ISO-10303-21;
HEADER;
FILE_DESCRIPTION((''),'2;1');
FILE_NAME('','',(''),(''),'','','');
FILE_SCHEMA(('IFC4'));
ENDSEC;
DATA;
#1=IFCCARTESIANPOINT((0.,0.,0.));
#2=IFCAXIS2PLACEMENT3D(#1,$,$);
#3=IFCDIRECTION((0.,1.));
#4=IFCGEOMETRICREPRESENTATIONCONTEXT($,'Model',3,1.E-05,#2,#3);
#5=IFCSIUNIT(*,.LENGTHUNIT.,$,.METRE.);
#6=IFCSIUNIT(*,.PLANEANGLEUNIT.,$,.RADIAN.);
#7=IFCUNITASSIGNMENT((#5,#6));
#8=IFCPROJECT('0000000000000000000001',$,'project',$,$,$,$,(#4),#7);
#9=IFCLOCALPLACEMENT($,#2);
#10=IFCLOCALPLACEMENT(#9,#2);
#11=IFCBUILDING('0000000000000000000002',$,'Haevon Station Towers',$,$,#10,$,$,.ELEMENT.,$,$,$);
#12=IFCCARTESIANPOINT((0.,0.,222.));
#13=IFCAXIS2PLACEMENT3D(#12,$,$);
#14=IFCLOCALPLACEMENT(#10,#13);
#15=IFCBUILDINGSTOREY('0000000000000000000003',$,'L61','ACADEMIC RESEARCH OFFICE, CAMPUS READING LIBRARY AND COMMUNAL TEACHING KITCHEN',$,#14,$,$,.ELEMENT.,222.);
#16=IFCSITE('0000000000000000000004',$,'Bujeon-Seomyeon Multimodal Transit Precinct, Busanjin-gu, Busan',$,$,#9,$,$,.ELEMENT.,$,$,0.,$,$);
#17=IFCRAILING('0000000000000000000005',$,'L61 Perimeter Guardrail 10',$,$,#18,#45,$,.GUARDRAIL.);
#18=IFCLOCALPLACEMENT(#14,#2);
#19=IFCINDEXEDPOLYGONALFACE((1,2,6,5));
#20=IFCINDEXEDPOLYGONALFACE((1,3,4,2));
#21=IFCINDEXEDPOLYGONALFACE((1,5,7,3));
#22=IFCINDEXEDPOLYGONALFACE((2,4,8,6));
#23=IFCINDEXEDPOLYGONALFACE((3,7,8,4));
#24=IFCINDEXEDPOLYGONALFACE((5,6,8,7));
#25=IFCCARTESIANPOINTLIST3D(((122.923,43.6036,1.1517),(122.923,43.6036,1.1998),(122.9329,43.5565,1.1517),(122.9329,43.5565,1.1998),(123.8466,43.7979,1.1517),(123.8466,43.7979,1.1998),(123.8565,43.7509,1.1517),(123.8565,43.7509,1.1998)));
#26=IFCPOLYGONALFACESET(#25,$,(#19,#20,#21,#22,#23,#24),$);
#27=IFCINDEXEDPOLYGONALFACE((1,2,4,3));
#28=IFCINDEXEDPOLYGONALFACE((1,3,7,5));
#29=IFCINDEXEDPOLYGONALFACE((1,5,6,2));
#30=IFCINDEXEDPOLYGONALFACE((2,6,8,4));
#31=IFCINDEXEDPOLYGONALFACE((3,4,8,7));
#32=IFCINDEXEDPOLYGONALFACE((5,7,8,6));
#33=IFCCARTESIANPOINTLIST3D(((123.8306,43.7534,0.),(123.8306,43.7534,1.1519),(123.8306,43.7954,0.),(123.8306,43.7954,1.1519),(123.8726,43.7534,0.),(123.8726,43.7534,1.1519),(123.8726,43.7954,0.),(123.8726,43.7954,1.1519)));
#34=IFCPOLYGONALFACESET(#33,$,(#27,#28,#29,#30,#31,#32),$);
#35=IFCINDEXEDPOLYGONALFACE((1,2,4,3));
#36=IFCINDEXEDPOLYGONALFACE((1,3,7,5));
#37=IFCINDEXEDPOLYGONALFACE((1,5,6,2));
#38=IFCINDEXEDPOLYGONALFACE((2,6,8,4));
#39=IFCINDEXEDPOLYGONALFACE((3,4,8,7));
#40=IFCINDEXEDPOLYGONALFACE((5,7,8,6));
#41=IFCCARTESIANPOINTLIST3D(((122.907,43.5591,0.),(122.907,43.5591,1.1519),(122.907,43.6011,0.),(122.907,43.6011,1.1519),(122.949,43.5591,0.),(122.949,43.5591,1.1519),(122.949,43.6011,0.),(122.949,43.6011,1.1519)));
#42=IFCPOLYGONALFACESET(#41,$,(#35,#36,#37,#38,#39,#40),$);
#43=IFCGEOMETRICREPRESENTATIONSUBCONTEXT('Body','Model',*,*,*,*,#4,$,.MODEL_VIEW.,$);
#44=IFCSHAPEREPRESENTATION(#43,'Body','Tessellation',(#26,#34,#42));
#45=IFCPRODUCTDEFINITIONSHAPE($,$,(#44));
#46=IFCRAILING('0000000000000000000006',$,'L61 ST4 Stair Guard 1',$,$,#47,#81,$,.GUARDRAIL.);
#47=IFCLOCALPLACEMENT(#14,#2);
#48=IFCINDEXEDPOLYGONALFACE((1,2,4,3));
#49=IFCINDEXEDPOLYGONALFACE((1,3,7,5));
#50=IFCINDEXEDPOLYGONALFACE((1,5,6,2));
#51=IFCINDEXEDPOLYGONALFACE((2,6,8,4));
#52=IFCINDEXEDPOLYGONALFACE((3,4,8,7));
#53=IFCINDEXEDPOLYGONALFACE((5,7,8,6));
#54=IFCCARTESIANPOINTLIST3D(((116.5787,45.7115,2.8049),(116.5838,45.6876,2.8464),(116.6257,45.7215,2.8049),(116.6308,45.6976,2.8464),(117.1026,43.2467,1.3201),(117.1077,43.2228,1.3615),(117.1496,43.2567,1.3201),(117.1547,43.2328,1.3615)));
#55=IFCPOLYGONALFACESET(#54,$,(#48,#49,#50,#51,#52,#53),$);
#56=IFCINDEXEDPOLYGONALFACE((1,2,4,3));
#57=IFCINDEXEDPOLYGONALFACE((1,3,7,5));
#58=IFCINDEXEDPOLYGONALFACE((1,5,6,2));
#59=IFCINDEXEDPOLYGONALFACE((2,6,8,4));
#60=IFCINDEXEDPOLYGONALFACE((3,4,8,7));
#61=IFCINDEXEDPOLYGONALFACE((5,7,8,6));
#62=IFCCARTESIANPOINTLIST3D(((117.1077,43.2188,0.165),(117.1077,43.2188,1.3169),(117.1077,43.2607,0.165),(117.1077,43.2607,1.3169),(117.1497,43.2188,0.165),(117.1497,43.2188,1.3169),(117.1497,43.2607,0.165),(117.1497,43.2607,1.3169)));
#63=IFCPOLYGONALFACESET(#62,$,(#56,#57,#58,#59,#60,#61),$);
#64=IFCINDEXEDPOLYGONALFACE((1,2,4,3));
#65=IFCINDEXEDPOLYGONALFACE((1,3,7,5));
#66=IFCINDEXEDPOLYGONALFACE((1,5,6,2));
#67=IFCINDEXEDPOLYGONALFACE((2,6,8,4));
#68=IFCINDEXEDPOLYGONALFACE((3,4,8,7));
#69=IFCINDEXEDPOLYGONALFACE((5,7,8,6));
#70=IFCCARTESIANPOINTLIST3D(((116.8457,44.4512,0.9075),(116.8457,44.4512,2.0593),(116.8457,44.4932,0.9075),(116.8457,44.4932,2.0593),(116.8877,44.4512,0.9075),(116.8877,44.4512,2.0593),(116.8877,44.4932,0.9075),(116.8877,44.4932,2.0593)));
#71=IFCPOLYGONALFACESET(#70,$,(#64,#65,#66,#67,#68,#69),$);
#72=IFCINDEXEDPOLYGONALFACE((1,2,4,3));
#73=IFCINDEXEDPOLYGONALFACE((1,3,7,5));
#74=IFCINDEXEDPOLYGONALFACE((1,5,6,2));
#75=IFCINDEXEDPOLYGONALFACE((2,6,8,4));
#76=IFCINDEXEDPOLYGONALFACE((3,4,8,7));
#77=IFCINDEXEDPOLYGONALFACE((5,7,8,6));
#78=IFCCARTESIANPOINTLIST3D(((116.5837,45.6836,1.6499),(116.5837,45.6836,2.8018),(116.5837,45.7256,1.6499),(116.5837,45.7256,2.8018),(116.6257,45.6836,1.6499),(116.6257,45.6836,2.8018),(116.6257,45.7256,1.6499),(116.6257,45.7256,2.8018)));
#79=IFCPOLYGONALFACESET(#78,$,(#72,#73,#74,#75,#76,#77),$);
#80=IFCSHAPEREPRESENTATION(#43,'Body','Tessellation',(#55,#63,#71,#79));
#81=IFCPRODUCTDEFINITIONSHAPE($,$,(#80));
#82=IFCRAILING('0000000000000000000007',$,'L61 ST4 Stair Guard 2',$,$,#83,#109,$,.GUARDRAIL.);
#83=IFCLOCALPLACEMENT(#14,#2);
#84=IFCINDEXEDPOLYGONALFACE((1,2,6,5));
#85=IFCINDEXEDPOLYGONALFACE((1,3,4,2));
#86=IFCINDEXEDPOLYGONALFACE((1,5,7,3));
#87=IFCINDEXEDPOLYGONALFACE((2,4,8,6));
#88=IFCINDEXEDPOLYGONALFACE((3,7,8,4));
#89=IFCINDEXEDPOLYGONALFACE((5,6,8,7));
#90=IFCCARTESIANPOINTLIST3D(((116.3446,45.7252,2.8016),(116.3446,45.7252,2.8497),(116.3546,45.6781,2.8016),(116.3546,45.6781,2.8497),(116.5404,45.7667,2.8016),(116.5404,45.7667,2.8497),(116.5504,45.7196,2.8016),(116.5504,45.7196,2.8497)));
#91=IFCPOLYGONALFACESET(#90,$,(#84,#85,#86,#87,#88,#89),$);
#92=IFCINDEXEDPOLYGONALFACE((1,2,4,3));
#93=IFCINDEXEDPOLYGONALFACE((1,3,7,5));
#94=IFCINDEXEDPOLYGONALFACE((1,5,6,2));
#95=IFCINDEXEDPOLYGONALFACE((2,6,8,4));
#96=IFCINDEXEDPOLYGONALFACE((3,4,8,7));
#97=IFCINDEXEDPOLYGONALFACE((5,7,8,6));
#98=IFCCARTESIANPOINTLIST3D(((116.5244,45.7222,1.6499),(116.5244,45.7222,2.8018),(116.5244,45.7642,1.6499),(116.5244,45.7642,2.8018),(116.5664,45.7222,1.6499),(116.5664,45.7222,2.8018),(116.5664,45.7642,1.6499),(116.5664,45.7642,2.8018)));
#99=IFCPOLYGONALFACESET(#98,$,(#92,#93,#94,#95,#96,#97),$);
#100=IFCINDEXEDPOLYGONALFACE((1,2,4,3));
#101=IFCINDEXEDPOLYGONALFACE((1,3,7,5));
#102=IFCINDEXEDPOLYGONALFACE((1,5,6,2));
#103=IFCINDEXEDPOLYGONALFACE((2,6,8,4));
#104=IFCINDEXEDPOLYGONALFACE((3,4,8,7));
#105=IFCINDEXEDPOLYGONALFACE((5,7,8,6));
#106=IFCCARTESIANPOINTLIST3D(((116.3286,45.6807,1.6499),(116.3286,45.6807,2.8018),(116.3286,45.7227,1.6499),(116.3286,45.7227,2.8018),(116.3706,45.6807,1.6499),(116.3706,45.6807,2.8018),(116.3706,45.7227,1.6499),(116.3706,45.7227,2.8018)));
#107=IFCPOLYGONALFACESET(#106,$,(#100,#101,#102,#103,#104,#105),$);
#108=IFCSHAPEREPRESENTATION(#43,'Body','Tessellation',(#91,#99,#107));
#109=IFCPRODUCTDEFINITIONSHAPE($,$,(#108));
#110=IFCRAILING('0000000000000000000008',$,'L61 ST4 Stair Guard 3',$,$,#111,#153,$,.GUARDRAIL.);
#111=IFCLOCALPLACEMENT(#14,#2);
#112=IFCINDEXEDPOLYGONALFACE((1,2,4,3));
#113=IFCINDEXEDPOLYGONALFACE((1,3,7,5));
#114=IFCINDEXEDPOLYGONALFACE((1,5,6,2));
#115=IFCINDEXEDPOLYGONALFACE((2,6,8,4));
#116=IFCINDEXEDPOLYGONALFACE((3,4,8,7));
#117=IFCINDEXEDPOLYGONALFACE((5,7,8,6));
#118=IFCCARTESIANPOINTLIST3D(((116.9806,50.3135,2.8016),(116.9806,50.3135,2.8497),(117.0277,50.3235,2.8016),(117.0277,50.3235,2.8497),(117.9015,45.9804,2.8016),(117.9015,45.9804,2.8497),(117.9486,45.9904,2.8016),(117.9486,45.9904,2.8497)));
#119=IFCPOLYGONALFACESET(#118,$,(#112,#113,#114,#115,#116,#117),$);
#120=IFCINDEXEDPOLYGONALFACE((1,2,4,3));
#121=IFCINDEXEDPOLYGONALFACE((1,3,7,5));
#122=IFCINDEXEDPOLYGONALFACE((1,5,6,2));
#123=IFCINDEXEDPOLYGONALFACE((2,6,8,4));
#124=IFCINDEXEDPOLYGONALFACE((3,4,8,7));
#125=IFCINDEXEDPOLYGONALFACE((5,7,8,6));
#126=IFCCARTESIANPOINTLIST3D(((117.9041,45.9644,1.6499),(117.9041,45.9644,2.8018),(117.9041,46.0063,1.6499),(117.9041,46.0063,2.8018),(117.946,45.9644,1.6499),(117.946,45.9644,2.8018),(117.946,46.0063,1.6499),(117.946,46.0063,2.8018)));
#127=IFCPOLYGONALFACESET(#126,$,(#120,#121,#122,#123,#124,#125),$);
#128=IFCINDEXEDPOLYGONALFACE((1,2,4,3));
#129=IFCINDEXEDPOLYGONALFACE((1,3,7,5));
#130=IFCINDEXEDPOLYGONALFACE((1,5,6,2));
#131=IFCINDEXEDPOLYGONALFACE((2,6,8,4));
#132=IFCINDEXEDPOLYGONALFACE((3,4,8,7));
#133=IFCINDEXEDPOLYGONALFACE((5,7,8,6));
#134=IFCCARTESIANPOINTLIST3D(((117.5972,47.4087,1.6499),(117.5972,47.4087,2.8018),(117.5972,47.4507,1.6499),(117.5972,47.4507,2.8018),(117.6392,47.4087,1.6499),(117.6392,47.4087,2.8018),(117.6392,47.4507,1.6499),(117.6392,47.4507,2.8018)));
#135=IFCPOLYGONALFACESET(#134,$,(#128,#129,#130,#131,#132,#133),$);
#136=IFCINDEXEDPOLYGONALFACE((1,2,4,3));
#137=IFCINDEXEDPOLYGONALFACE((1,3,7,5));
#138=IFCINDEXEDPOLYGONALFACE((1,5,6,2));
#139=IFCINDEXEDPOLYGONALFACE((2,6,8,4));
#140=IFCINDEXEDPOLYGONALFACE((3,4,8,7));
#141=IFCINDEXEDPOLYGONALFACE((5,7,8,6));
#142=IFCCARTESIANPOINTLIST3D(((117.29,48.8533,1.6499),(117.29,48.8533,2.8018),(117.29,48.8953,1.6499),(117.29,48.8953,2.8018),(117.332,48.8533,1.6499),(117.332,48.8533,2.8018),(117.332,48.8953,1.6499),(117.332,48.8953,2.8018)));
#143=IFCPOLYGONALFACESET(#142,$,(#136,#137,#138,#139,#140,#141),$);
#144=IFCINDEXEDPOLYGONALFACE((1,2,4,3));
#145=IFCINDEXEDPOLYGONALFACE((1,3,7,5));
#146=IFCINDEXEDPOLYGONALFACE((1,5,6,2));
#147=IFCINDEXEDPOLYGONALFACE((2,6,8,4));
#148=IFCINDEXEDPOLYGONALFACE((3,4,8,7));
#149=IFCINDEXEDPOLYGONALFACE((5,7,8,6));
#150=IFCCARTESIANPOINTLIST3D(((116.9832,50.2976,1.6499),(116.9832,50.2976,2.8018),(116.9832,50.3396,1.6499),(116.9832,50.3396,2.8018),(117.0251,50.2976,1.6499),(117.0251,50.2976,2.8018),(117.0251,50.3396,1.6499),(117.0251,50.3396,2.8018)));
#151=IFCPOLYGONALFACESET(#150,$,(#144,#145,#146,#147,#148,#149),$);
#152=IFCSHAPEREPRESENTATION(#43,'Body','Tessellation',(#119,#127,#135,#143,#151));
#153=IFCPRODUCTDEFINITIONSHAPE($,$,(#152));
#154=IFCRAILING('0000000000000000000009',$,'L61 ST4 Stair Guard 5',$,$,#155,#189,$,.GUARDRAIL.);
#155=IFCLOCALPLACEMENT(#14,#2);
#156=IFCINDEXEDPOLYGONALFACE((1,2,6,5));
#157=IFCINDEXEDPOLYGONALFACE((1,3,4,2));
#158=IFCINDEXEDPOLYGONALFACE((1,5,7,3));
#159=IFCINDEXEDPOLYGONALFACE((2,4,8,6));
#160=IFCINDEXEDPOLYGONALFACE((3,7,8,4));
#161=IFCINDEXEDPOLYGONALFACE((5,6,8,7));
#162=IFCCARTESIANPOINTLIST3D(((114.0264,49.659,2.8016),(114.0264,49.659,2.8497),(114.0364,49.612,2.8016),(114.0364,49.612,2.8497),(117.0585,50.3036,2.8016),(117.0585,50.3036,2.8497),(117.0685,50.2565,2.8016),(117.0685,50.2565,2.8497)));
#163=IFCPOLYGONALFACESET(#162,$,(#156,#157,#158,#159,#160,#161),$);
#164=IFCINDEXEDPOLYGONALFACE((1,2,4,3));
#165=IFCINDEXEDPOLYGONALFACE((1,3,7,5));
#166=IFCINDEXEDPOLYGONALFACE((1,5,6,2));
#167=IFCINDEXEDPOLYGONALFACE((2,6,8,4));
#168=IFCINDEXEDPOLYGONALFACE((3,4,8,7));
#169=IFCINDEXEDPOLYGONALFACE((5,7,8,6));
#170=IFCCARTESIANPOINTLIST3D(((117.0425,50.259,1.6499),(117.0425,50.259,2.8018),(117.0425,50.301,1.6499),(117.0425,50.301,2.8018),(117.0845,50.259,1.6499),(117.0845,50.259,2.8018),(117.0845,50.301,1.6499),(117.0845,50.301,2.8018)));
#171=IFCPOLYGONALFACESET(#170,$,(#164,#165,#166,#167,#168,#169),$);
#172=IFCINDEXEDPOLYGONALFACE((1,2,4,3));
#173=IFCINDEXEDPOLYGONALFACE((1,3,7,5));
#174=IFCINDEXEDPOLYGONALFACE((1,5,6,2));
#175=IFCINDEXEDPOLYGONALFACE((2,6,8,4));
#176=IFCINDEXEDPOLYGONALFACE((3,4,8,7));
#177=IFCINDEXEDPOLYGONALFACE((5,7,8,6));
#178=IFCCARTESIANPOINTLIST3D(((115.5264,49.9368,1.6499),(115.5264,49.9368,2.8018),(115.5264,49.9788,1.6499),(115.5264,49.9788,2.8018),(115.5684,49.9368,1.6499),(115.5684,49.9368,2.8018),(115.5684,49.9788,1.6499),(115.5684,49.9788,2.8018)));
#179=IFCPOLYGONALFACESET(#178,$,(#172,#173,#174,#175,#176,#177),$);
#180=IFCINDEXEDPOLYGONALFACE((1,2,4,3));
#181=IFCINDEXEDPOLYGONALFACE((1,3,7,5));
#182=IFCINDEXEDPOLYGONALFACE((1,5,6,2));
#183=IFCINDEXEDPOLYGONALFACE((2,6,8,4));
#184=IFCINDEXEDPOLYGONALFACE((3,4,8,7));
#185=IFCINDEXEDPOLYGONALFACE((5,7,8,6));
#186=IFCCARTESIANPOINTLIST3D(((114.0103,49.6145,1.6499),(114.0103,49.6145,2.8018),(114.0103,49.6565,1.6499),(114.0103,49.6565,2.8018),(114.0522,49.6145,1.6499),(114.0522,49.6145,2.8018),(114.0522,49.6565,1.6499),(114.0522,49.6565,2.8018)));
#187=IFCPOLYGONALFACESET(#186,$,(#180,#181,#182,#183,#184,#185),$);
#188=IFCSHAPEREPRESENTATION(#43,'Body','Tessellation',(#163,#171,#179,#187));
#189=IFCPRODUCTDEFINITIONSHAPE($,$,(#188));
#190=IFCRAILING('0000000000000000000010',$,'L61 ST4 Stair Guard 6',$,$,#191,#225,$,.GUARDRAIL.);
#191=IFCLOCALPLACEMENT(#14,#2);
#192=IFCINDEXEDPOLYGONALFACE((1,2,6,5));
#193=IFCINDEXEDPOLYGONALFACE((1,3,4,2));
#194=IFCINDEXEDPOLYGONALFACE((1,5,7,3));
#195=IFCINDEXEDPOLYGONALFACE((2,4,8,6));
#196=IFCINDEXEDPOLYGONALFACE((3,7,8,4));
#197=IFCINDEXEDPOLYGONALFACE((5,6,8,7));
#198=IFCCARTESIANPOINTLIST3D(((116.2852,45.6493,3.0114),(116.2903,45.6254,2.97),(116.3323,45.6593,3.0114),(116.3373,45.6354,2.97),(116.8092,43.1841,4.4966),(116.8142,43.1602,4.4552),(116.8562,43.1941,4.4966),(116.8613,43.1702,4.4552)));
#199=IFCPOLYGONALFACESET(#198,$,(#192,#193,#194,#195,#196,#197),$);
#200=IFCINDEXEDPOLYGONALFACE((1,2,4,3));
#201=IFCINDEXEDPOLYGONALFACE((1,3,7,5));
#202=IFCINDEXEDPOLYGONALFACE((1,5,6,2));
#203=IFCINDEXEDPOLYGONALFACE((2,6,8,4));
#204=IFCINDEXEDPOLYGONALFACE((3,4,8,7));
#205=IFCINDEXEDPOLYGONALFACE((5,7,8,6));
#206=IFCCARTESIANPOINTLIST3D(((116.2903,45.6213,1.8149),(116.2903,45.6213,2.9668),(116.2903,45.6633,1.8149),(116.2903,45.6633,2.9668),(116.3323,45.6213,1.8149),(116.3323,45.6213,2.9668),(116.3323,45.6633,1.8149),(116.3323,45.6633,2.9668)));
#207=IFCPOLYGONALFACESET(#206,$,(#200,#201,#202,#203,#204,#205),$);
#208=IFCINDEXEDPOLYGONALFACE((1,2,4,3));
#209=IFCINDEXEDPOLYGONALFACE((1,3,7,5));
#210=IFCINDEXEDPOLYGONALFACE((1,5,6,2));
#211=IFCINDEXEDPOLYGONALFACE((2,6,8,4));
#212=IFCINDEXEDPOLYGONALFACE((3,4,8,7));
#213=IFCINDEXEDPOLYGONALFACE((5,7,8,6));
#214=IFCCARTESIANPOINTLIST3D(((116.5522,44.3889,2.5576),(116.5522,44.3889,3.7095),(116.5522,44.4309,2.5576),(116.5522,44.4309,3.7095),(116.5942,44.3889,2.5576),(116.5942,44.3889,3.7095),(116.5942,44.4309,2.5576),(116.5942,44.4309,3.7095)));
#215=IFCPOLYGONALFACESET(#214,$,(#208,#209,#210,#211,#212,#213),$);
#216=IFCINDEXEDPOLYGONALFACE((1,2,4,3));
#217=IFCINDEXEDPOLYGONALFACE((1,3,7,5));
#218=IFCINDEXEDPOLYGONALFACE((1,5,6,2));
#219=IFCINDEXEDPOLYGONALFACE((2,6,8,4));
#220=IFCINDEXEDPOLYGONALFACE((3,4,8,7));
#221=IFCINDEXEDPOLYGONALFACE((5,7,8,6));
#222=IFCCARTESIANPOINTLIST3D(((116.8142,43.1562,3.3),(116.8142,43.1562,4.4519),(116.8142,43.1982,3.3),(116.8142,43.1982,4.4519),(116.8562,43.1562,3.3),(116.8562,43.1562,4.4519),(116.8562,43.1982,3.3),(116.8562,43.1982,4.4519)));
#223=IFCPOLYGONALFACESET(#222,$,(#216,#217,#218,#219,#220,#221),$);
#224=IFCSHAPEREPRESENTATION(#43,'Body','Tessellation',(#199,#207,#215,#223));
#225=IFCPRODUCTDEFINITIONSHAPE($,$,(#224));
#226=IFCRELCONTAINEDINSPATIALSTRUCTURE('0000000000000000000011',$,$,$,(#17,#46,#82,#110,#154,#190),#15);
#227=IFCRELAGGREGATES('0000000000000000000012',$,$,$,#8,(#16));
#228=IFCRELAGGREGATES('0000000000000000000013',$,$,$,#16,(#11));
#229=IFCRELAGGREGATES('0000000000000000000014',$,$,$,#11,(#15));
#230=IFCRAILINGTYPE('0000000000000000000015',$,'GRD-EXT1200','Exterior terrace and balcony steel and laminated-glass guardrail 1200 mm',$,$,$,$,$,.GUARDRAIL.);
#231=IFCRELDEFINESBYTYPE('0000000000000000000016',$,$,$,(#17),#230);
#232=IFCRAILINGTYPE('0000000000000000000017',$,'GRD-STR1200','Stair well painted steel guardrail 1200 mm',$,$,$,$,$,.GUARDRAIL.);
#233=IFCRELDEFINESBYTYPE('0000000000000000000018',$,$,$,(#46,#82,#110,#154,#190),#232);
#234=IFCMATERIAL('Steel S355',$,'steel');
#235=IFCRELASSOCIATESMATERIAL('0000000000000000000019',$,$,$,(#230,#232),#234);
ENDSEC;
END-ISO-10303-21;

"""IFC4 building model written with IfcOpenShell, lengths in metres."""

from ifc_helpers import new_model, si_unit, direction, frame, origin, origin_2d, place, context, subcontext, project, spatial, rectangle, extrude, material, type_object, element, save


model = new_model("IFC4")

# Units and contexts
model_context = context("Model", 3, precision=1e-05, world=origin(), true_north=direction((0.0, 1.0)))
body_context = subcontext(model_context, "Body", "Model", "MODEL_VIEW")
ifc_project = project(units=[si_unit("LENGTHUNIT", "METRE"), si_unit("PLANEANGLEUNIT", "RADIAN")], contexts=[model_context])

# Site, building, storey
site_placement = place(None, origin())
site = spatial("IfcSite", under=ifc_project, at=site_placement, Name="Bujeon-Seomyeon Multimodal Transit Precinct, Busanjin-gu, Busan", CompositionType="ELEMENT", RefElevation=0.0)
building_placement = place(site_placement, origin())
building = spatial("IfcBuilding", under=site, at=building_placement, Name="Haevon Station Towers", CompositionType="ELEMENT")
storey_placement = place(building_placement, frame((0.0, 0.0, 222.0)))
storey = spatial("IfcBuildingStorey", under=building, at=storey_placement, Name="L61", Description="ACADEMIC RESEARCH OFFICE, CAMPUS READING LIBRARY AND COMMUNAL TEACHING KITCHEN", CompositionType="ELEMENT", Elevation=222.0)

# Shared definitions
ifc_material_1 = material(Name="Steel S355", Category="steel")

# Railings
railing_type_1 = type_object("IfcRailingType", Name="GRD-EXT1200", Description="Exterior terrace and balcony steel and laminated-glass guardrail 1200 mm", PredefinedType="GUARDRAIL", material=ifc_material_1)
railing_1_placement = place(storey_placement, frame((123.8516, 43.7744, 0.0)))
element("IfcRailing", 1, at=railing_1_placement, inside=storey, type_object=railing_type_1, Name="L61 Perimeter Guardrail 10", PredefinedType="GUARDRAIL", context=body_context, shape_type="SweptSolid", body=[
    extrude(rectangle(XDim=0.0481, YDim=0.0481, at=origin_2d()), frame((0.0, 0.0, 1.1758), z_axis=(-0.978572, -0.205906, 0.0), x_axis=(0.205906, -0.978572, 0.0)), (0.0, 0.0, 1.0), 0.9438),
    extrude(rectangle(XDim=0.042, YDim=0.042, at=origin_2d()), origin(), (0.0, 0.0, 1.0), 1.1519),
    extrude(rectangle(XDim=0.042, YDim=0.042, at=origin_2d()), frame((-0.9236, -0.1943, 0.0)), (0.0, 0.0, 1.0), 1.1519),
])
railing_type_2 = type_object("IfcRailingType", Name="GRD-STR1200", Description="Stair well painted steel guardrail 1200 mm", PredefinedType="GUARDRAIL", material=ifc_material_1)
railing_2_placement = place(storey_placement, frame((117.1287, 43.2397, 0.165)))
element("IfcRailing", 2, at=railing_2_placement, inside=storey, type_object=railing_type_2, Name="L61 ST4 Stair Guard 1", PredefinedType="GUARDRAIL", context=body_context, shape_type="SweptSolid", body=[
    extrude(rectangle(XDim=0.0481, YDim=0.0481, at=origin_2d()), frame((0.0, 0.0, 1.1758), z_axis=(-0.179129, 0.842724, 0.507671), x_axis=(-0.978147, -0.207914, 0.0)), (0.0, 0.0, 1.0), 2.9248),
    extrude(rectangle(XDim=0.042, YDim=0.042, at=origin_2d()), origin(), (0.0, 0.0, 1.0), 1.1519),
    extrude(rectangle(XDim=0.042, YDim=0.042, at=origin_2d()), frame((-0.262, 1.2324, 0.7424)), (0.0, 0.0, 1.0), 1.1519),
    extrude(rectangle(XDim=0.042, YDim=0.042, at=origin_2d()), frame((-0.5239, 2.4648, 1.4849)), (0.0, 0.0, 1.0), 1.1519),
])
railing_3_placement = place(storey_placement, frame((116.5454, 45.7432, 1.6499)))
element("IfcRailing", 3, at=railing_3_placement, inside=storey, type_object=railing_type_2, Name="L61 ST4 Stair Guard 2", PredefinedType="GUARDRAIL", context=body_context, shape_type="SweptSolid", body=[
    extrude(rectangle(XDim=0.0481, YDim=0.0481, at=origin_2d()), frame((0.0, 0.0, 1.1758), z_axis=(-0.978264, -0.207363, 0.0), x_axis=(0.207363, -0.978264, 0.0)), (0.0, 0.0, 1.0), 0.2002),
    extrude(rectangle(XDim=0.042, YDim=0.042, at=origin_2d()), origin(), (0.0, 0.0, 1.0), 1.1519),
    extrude(rectangle(XDim=0.042, YDim=0.042, at=origin_2d()), frame((-0.1958, -0.0415, 0.0)), (0.0, 0.0, 1.0), 1.1519),
])
railing_4_placement = place(storey_placement, frame((117.925, 45.9854, 1.6499)))
element("IfcRailing", 4, at=railing_4_placement, inside=storey, type_object=railing_type_2, Name="L61 ST4 Stair Guard 3", PredefinedType="GUARDRAIL", context=body_context, shape_type="SweptSolid", body=[
    extrude(rectangle(XDim=0.0481, YDim=0.0481, at=origin_2d()), frame((0.0, 0.0, 1.1758), z_axis=(-0.207877, 0.978155, 0.0), x_axis=(-0.978155, -0.207877, 0.0)), (0.0, 0.0, 1.0), 4.4299),
    extrude(rectangle(XDim=0.042, YDim=0.042, at=origin_2d()), origin(), (0.0, 0.0, 1.0), 1.1519),
    extrude(rectangle(XDim=0.042, YDim=0.042, at=origin_2d()), frame((-0.3069, 1.4443, 0.0)), (0.0, 0.0, 1.0), 1.1519),
    extrude(rectangle(XDim=0.042, YDim=0.042, at=origin_2d()), frame((-0.614, 2.8889, 0.0)), (0.0, 0.0, 1.0), 1.1519),
    extrude(rectangle(XDim=0.042, YDim=0.042, at=origin_2d()), frame((-0.9209, 4.3333, 0.0)), (0.0, 0.0, 1.0), 1.1519),
])
railing_5_placement = place(storey_placement, frame((117.0635, 50.28, 1.6499)))
element("IfcRailing", 5, at=railing_5_placement, inside=storey, type_object=railing_type_2, Name="L61 ST4 Stair Guard 5", PredefinedType="GUARDRAIL", context=body_context, shape_type="SweptSolid", body=[
    extrude(rectangle(XDim=0.0481, YDim=0.0481, at=origin_2d()), frame((0.0, 0.0, 1.1758), z_axis=(-0.978147, -0.207915, 0.0), x_axis=(0.207915, -0.978147, 0.0)), (0.0, 0.0, 1.0), 3.0999),
    extrude(rectangle(XDim=0.042, YDim=0.042, at=origin_2d()), origin(), (0.0, 0.0, 1.0), 1.1519),
    extrude(rectangle(XDim=0.042, YDim=0.042, at=origin_2d()), frame((-1.5161, -0.3223, 0.0)), (0.0, 0.0, 1.0), 1.1519),
    extrude(rectangle(XDim=0.042, YDim=0.042, at=origin_2d()), frame((-3.0322, -0.6445, 0.0)), (0.0, 0.0, 1.0), 1.1519),
])
railing_6_placement = place(storey_placement, frame((116.3113, 45.6423, 1.8149)))
element("IfcRailing", 6, at=railing_6_placement, inside=storey, type_object=railing_type_2, Name="L61 ST4 Stair Guard 6", PredefinedType="GUARDRAIL", context=body_context, shape_type="SweptSolid", body=[
    extrude(rectangle(XDim=0.0481, YDim=0.0481, at=origin_2d()), frame((0.0, 0.0, 1.1758), z_axis=(0.179109, -0.842712, 0.507697), x_axis=(0.978151, 0.207895, 0.0)), (0.0, 0.0, 1.0), 2.9253),
    extrude(rectangle(XDim=0.042, YDim=0.042, at=origin_2d()), origin(), (0.0, 0.0, 1.0), 1.1519),
    extrude(rectangle(XDim=0.042, YDim=0.042, at=origin_2d()), frame((0.262, -1.2324, 0.7427)), (0.0, 0.0, 1.0), 1.1519),
    extrude(rectangle(XDim=0.042, YDim=0.042, at=origin_2d()), frame((0.5239, -2.4651, 1.4851)), (0.0, 0.0, 1.0), 1.1519),
])

save(model, "model.ifc")
